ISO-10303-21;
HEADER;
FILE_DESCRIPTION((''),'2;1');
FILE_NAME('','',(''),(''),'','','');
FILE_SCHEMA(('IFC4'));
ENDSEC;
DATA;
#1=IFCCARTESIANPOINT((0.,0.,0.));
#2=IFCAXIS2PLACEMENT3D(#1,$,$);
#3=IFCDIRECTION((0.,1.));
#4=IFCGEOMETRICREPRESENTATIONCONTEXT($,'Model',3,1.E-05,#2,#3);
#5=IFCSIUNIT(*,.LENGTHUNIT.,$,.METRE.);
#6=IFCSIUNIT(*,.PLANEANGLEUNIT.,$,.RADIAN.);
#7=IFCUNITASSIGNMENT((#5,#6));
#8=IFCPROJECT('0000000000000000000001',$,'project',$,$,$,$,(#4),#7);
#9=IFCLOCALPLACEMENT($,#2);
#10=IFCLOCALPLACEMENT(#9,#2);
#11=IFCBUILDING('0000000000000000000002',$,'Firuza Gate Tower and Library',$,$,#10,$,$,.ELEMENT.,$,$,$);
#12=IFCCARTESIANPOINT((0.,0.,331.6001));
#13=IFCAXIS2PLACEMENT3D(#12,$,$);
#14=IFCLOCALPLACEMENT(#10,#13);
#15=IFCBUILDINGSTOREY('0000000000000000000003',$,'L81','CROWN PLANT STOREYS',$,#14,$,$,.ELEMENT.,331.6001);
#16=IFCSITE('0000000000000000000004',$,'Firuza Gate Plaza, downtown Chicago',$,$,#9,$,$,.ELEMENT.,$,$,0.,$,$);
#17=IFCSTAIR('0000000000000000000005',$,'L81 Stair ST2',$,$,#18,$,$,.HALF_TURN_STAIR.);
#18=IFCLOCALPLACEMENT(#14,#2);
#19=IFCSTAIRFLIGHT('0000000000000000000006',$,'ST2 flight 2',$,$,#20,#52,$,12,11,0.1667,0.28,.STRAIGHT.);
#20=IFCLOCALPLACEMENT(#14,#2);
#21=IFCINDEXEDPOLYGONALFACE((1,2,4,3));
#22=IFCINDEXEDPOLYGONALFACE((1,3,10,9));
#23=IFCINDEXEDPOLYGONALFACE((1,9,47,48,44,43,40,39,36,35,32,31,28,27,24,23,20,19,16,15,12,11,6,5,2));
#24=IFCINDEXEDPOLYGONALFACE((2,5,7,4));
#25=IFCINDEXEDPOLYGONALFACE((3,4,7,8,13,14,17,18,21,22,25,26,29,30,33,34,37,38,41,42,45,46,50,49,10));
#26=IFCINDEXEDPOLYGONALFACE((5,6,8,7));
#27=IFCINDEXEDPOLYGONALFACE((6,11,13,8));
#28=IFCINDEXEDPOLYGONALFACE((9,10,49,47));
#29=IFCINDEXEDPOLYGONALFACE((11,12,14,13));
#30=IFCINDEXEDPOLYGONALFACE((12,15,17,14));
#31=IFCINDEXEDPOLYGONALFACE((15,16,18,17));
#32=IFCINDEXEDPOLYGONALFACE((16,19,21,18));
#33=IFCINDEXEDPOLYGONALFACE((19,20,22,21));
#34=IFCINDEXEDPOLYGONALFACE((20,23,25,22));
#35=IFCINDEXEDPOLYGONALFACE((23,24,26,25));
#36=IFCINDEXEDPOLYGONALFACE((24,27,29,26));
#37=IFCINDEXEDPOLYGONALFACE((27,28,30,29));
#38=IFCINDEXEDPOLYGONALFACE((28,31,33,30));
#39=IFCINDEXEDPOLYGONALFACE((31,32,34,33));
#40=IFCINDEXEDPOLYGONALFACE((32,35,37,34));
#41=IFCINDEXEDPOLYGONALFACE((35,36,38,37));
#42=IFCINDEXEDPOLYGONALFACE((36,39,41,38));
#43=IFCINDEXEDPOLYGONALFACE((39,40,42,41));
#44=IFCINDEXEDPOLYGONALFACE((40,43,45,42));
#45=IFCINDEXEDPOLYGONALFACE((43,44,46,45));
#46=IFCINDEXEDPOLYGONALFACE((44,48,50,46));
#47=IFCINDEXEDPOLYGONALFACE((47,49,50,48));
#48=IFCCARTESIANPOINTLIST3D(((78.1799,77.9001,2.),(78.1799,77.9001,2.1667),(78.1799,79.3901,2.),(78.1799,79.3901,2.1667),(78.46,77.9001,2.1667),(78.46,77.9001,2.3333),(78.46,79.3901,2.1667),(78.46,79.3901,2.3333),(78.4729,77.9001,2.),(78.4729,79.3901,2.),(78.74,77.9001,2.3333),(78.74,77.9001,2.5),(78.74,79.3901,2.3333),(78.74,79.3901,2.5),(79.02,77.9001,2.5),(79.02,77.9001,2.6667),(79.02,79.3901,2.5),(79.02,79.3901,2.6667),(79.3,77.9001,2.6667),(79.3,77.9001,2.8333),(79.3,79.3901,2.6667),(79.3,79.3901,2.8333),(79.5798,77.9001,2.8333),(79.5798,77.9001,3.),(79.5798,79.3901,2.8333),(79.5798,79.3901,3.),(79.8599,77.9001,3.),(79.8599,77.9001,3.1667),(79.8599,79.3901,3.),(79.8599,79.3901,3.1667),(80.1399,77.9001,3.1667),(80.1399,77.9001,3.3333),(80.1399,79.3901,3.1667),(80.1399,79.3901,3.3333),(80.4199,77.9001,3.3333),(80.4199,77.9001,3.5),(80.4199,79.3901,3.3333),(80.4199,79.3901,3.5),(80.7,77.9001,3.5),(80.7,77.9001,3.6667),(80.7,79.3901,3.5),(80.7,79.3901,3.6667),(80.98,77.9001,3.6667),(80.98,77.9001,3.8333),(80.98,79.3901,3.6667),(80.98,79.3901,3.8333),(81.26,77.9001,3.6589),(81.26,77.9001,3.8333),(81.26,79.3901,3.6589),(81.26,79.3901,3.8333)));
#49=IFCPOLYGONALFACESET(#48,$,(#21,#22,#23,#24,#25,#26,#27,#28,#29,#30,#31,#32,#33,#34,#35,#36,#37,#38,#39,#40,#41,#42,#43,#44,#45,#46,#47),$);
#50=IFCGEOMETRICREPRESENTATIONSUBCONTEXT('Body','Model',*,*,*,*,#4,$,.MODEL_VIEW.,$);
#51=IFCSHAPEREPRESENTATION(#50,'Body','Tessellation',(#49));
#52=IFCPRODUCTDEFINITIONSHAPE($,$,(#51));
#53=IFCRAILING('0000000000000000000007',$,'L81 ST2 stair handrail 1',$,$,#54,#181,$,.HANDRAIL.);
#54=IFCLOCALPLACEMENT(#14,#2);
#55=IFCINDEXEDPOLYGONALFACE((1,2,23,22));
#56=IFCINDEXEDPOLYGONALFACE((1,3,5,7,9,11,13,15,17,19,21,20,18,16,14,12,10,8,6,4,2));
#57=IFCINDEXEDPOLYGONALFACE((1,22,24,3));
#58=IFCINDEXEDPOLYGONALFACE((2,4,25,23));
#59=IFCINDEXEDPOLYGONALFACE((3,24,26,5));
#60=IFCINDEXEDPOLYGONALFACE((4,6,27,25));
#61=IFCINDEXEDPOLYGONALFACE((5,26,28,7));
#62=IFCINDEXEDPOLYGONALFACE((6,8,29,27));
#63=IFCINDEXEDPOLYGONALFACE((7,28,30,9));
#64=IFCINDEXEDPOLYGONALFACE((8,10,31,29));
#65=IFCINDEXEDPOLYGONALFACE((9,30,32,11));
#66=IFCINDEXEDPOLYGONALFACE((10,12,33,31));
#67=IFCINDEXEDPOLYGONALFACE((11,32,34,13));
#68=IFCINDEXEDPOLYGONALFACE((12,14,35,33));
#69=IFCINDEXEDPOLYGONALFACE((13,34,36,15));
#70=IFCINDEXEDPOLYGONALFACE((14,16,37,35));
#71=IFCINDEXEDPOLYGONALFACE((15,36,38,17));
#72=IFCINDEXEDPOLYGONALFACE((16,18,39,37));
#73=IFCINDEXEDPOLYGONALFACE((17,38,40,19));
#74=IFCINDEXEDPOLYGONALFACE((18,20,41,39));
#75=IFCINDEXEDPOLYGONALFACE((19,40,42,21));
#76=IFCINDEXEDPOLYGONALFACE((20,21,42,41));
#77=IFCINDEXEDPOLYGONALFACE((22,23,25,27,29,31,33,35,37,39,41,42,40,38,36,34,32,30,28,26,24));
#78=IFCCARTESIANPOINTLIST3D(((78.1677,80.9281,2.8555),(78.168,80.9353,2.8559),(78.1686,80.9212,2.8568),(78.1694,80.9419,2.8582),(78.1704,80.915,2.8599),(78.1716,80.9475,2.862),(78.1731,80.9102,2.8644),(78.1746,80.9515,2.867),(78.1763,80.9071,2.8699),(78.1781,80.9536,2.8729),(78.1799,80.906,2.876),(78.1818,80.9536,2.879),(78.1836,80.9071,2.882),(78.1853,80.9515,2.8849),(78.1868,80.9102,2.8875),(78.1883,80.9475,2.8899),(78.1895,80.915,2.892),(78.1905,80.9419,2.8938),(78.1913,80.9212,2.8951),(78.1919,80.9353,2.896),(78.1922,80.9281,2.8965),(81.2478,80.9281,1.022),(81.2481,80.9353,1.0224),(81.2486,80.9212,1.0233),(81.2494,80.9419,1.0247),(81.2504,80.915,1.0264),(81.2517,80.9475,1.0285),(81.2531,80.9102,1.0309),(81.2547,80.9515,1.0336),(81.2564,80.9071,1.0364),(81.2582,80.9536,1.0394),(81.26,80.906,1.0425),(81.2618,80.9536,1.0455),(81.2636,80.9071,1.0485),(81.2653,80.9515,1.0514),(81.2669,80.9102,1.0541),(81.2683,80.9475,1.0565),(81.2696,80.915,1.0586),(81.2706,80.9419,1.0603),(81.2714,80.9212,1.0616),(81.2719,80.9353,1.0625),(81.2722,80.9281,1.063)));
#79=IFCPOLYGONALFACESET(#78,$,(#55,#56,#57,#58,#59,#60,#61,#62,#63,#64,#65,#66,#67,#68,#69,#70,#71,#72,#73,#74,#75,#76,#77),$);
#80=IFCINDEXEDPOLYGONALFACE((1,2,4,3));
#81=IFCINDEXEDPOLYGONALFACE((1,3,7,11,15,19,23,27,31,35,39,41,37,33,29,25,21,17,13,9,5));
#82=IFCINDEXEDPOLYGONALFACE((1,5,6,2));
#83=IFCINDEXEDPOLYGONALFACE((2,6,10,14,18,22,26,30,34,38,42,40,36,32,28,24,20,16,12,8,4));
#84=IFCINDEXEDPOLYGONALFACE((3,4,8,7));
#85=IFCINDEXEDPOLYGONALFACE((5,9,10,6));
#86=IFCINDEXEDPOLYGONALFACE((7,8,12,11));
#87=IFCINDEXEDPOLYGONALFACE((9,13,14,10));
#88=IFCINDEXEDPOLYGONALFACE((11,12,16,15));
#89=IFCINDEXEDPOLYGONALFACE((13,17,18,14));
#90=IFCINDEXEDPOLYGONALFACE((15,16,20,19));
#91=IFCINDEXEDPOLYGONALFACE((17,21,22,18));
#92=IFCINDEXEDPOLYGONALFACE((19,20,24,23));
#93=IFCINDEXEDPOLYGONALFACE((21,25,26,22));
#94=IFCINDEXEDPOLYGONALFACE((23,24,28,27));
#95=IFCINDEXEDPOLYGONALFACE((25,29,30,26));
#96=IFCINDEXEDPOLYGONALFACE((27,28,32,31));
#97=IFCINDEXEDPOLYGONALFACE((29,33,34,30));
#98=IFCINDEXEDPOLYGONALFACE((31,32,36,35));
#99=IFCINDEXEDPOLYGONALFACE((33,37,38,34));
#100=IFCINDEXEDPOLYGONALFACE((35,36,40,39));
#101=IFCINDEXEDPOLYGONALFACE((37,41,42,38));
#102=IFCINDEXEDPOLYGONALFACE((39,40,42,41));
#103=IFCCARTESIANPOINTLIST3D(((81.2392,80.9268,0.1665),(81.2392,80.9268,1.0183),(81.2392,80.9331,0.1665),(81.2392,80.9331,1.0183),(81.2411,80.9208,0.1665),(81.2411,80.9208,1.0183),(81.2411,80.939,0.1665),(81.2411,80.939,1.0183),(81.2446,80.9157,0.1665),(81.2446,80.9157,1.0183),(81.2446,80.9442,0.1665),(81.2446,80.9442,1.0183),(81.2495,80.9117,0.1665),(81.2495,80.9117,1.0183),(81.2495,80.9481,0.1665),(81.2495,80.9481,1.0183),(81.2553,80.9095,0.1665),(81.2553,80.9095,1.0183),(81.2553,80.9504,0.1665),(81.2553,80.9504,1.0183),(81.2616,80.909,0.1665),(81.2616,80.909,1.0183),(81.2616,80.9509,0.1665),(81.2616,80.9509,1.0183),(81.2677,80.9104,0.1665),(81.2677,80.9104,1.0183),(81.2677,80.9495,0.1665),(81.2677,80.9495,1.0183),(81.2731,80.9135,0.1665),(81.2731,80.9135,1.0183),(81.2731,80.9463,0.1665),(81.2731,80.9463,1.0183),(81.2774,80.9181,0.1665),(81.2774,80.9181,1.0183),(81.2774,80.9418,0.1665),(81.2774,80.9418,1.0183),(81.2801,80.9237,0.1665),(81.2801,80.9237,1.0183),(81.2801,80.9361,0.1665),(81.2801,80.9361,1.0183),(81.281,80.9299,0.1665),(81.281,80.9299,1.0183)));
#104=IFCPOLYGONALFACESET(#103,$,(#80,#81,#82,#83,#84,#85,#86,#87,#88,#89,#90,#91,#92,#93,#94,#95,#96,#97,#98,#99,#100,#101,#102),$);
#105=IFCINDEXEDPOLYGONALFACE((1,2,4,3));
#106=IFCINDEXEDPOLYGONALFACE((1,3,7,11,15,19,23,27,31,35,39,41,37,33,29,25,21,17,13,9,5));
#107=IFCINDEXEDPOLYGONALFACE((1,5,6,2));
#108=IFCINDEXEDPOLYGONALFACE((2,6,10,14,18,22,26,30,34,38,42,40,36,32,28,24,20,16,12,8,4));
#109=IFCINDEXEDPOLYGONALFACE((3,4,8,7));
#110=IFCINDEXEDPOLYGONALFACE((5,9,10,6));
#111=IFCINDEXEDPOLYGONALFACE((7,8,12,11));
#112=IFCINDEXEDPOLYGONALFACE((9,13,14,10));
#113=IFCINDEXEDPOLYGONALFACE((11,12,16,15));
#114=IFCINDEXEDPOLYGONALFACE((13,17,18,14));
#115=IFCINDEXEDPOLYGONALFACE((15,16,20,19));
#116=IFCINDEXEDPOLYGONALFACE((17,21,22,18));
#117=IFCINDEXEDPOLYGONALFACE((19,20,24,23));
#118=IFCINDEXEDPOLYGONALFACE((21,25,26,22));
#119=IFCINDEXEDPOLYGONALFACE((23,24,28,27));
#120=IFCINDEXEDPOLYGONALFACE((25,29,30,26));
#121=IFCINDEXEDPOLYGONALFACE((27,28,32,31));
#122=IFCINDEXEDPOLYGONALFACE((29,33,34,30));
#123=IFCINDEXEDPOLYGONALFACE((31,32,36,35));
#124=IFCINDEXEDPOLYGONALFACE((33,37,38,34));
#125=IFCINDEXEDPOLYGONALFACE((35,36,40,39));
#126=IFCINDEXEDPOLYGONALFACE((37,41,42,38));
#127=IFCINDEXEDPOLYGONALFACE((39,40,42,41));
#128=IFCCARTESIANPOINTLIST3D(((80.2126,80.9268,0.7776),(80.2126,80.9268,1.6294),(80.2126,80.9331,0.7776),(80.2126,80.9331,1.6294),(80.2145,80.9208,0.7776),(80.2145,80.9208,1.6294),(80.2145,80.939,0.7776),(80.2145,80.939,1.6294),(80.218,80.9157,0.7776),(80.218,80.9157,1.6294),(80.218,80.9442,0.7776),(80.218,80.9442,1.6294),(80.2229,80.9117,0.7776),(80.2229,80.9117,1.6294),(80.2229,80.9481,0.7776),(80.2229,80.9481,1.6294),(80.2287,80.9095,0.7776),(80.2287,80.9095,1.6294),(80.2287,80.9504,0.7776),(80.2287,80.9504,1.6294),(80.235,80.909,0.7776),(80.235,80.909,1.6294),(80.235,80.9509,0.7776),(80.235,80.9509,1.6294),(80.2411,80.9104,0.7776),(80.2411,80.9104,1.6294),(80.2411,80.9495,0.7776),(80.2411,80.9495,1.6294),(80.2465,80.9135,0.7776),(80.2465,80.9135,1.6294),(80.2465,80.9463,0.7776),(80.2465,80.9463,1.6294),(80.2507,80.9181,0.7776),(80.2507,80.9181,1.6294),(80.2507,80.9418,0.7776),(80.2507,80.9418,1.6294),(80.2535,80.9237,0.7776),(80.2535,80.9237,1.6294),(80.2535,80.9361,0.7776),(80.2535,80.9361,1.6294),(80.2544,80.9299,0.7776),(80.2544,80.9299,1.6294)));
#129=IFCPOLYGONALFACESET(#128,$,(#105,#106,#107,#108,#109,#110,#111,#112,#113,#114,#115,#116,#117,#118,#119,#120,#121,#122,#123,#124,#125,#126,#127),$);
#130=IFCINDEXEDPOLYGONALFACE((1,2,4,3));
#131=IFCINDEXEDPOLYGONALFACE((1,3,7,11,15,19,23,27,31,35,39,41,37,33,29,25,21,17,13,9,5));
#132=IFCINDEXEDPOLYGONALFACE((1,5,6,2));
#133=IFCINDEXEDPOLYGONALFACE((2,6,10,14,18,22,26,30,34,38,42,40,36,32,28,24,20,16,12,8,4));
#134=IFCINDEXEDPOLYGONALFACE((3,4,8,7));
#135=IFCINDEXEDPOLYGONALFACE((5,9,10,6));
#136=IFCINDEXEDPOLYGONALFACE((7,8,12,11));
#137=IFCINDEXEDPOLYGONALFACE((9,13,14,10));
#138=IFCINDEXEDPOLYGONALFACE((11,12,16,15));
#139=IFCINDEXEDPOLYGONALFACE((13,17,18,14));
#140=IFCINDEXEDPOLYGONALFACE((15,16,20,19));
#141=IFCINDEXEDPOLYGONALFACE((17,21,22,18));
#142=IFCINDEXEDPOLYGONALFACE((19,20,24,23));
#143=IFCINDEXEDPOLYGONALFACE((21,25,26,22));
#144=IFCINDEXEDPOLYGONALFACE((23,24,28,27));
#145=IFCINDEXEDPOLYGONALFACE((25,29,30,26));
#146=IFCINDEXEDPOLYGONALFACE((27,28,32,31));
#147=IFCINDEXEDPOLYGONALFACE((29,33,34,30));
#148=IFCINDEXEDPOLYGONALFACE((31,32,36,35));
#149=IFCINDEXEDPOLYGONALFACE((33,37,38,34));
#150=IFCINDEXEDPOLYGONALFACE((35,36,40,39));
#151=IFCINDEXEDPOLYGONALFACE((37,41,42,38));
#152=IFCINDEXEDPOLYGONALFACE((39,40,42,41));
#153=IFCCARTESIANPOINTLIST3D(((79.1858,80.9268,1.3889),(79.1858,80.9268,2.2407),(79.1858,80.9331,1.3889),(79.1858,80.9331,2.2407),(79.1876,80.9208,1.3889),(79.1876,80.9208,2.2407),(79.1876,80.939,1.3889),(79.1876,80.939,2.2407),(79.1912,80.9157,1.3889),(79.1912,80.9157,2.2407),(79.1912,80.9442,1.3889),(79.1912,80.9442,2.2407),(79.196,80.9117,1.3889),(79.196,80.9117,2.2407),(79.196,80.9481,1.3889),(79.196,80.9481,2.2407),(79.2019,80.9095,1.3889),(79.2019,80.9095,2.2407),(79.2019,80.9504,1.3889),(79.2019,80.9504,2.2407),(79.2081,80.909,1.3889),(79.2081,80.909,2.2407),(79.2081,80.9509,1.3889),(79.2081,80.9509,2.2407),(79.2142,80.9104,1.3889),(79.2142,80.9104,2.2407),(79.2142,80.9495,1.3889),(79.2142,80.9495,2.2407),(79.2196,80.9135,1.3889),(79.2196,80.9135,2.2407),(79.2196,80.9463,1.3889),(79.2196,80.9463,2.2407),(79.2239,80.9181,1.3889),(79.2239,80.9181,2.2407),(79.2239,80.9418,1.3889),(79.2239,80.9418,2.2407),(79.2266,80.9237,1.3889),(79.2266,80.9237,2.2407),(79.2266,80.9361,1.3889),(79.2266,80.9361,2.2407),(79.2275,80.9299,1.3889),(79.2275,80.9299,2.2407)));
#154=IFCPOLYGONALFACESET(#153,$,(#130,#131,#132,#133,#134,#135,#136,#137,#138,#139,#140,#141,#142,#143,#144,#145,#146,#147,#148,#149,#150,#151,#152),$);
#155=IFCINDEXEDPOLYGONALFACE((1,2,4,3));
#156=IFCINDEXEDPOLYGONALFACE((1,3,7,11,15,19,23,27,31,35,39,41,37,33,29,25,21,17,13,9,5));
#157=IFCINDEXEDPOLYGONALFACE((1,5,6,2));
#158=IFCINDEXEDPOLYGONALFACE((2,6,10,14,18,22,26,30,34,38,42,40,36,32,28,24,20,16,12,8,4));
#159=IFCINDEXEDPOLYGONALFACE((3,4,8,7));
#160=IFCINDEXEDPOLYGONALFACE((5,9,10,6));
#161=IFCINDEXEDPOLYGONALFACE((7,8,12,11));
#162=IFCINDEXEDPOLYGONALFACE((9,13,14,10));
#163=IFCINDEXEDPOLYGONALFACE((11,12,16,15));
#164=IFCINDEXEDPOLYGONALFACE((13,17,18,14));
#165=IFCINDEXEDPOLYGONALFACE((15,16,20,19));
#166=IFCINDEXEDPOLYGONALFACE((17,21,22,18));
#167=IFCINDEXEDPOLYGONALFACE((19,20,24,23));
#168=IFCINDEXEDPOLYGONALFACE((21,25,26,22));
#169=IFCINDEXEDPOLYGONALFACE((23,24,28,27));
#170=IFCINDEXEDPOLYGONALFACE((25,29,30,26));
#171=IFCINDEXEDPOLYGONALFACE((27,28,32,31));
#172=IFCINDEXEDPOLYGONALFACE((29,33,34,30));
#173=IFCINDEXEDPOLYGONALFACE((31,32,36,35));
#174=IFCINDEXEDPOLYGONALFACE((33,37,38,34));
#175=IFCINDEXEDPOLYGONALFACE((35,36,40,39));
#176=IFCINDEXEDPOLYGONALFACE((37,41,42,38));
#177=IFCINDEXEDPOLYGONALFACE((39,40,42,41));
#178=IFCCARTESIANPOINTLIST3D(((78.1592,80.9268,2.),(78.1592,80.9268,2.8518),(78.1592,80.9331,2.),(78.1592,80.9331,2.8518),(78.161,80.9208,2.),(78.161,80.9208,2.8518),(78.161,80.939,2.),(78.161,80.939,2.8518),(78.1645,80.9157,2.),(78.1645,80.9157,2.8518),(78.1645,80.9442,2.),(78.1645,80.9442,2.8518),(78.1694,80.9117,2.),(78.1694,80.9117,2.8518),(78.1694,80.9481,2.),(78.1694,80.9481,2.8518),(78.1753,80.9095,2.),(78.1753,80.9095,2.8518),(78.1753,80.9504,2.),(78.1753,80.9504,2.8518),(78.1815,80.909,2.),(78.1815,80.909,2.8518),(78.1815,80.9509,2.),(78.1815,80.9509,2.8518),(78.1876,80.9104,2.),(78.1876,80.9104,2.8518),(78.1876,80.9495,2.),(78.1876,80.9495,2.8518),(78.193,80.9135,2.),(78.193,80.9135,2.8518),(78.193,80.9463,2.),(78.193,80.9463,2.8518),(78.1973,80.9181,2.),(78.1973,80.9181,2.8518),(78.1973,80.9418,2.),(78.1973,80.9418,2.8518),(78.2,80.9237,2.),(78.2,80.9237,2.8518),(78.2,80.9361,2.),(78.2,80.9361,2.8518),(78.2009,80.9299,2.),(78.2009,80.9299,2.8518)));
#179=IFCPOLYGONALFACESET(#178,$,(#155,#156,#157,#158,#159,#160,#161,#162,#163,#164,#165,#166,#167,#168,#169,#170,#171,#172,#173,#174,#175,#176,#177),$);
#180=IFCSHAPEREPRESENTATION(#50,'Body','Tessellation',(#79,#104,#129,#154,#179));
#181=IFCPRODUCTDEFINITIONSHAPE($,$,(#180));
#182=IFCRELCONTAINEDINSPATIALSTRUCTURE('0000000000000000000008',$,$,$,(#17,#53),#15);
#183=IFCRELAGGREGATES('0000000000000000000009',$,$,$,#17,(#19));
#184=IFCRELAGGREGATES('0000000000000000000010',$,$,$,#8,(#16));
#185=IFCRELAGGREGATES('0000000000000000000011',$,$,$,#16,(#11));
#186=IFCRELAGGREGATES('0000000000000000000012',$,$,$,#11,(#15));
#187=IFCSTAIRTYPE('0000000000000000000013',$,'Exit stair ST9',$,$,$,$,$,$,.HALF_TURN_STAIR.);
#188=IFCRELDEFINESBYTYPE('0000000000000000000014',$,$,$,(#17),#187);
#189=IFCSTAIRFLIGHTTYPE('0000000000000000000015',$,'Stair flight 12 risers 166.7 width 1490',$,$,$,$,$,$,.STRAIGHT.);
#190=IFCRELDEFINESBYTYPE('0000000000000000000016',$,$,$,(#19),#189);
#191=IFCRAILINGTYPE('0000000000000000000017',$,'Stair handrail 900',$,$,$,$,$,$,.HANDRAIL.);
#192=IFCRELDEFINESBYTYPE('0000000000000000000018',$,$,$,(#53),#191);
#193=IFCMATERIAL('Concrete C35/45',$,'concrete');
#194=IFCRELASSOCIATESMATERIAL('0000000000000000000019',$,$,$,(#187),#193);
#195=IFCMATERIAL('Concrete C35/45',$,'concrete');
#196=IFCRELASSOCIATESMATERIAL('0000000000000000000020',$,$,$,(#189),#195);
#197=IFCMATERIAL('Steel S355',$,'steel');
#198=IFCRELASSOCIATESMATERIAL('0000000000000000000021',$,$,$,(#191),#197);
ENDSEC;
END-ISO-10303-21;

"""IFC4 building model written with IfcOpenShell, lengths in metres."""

from ifc_helpers import new_model, si_unit, direction, frame, origin, origin_2d, place, context, subcontext, project, spatial, polyline, circle, outline, extrude, material, type_object, element, aggregate, save


model = new_model("IFC4")

# Units and contexts
model_context = context("Model", 3, precision=1e-05, world=origin(), true_north=direction((0.0, 1.0)))
body_context = subcontext(model_context, "Body", "Model", "MODEL_VIEW")
ifc_project = project(units=[si_unit("LENGTHUNIT", "METRE"), si_unit("PLANEANGLEUNIT", "RADIAN")], contexts=[model_context])

# Site, building, storey
site_placement = place(None, origin())
site = spatial("IfcSite", under=ifc_project, at=site_placement, Name="Firuza Gate Plaza, downtown Chicago", CompositionType="ELEMENT", RefElevation=0.0)
building_placement = place(site_placement, origin())
building = spatial("IfcBuilding", under=site, at=building_placement, Name="Firuza Gate Tower and Library", CompositionType="ELEMENT")
storey_placement = place(building_placement, frame((0.0, 0.0, 331.6001)))
storey = spatial("IfcBuildingStorey", under=building, at=storey_placement, Name="L81", Description="CROWN PLANT STOREYS", CompositionType="ELEMENT", Elevation=331.6001)

# Shared definitions
placement = place(storey_placement, origin())

# Stair, stair flight
ifc_material_1 = material(Name="Concrete C35/45", Category="concrete")
stair_type = type_object("IfcStairType", Name="Exit stair ST9", PredefinedType="HALF_TURN_STAIR", material=ifc_material_1)
stair = element("IfcStair", 1, at=placement, inside=storey, type_object=stair_type, Name="L81 Stair ST2", PredefinedType="HALF_TURN_STAIR")
ifc_material_2 = material(Name="Concrete C35/45", Category="concrete")
stair_flight_type = type_object("IfcStairFlightType", Name="Stair flight 12 risers 166.7 width 1490", PredefinedType="STRAIGHT", material=ifc_material_2)
stair_flight_1_placement = place(storey_placement, frame((78.1799, 78.645, 2.0), z_axis=(0.0, 0.0, 1.0), x_axis=(1.0, 0.0, 0.0)))
stair_flight_1 = element("IfcStairFlight", 2, at=stair_flight_1_placement, type_object=stair_flight_type, Name="ST2 flight 2", NumberOfRisers=12, NumberOfTreads=11, PredefinedType="STRAIGHT", RiserHeight=0.1667, TreadLength=0.28, context=body_context, shape_type="SweptSolid", body=[
    extrude(outline(polyline([(0.0, 0.0), (0.0, 0.1667), (0.28, 0.1667), (0.28, 0.3333), (0.5601, 0.3333), (0.5601, 0.5), (0.8401, 0.5), (0.8401, 0.6667), (1.1201, 0.6667), (1.1201, 0.8333), (1.3999, 0.8333), (1.3999, 1.0), (1.6799, 1.0), (1.6799, 1.1667), (1.96, 1.1667), (1.96, 1.3333), (2.24, 1.3333), (2.24, 1.5), (2.52, 1.5), (2.52, 1.6667), (2.8, 1.6667), (2.8, 1.8333), (3.0801, 1.8333), (3.0801, 2.0), (3.0801, 1.6589), (0.293, 0.0), (0.0, 0.0)])), frame((0.0, 0.7451, 0.0), z_axis=(0.0, -1.0, 0.0), x_axis=(1.0, 0.0, 0.0)), (0.0, 0.0, 1.0), 1.49),
])
aggregate(stair, [stair_flight_1])

# Railing
ifc_material_3 = material(Name="Steel S355", Category="steel")
railing_type_1 = type_object("IfcRailingType", Name="Stair handrail 900", PredefinedType="HANDRAIL", material=ifc_material_3)
railing_1_placement = place(storey_placement, frame((81.26, 80.9299, 0.1665)))
element("IfcRailing", 3, at=railing_1_placement, inside=storey, type_object=railing_type_1, Name="L81 ST2 stair handrail 1", PredefinedType="HANDRAIL", context=body_context, shape_type="SweptSolid", body=[
    extrude(circle(Radius=0.0239, at=origin_2d()), frame((0.0, 0.0, 0.876), z_axis=(-0.859279, 0.0, 0.511508), x_axis=(0.0, -1.0, 0.0)), (0.0, 0.0, 1.0), 3.5845),
    extrude(circle(Radius=0.021, at=origin_2d()), origin(), (0.0, 0.0, 1.0), 0.8518),
    extrude(circle(Radius=0.021, at=origin_2d()), frame((-1.0266, 0.0, 0.6111)), (0.0, 0.0, 1.0), 0.8518),
    extrude(circle(Radius=0.021, at=origin_2d()), frame((-2.0535, 0.0, 1.2224)), (0.0, 0.0, 1.0), 0.8518),
    extrude(circle(Radius=0.021, at=origin_2d()), frame((-3.0801, 0.0, 1.8335)), (0.0, 0.0, 1.0), 0.8518),
])

save(model, "model.ifc")
